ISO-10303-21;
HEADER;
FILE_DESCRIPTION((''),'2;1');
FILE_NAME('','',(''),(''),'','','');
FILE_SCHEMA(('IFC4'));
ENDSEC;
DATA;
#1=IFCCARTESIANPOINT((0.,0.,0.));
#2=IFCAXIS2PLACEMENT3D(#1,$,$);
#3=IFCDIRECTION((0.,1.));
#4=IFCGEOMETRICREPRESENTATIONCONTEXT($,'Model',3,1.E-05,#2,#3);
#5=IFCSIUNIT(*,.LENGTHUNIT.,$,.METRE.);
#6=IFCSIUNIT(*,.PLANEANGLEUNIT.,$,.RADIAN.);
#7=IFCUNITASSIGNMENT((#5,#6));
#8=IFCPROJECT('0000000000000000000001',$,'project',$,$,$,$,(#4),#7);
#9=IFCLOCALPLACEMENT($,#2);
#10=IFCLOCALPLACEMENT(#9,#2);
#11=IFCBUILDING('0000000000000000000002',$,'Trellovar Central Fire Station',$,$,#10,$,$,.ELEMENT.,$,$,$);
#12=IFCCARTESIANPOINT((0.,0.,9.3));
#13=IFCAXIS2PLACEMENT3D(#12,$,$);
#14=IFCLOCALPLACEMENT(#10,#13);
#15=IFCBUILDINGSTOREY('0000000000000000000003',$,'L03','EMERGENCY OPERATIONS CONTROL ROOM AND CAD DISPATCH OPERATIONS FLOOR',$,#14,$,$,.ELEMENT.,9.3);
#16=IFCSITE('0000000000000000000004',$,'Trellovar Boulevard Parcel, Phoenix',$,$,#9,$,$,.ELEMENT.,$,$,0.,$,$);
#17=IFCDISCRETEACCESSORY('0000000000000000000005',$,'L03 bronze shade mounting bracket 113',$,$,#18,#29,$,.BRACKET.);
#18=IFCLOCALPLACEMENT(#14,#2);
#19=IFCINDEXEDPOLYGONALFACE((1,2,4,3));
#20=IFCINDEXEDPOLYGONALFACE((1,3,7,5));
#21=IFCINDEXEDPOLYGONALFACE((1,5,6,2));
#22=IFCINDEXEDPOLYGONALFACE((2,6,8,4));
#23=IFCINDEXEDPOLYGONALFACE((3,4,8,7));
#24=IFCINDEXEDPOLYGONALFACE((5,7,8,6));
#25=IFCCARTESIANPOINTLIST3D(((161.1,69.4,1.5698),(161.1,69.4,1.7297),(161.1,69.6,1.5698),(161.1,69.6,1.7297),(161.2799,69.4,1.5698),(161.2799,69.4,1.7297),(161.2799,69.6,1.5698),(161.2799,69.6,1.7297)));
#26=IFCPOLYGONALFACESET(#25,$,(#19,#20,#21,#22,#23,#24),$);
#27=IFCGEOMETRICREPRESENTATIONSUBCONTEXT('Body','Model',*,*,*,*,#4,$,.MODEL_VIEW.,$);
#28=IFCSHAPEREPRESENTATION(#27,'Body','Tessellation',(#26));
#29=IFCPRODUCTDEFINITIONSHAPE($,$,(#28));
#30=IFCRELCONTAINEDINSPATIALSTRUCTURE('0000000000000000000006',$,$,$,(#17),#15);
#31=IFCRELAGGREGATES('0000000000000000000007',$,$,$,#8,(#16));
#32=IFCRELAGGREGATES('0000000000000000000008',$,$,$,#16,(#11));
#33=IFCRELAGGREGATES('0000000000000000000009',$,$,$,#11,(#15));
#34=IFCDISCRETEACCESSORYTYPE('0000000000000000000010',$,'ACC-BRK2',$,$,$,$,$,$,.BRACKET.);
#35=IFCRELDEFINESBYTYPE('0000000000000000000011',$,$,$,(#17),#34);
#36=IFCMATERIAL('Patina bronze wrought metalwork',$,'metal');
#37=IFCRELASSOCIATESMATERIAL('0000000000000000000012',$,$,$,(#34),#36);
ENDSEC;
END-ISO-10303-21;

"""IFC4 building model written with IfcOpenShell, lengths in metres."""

from ifc_helpers import new_model, si_unit, direction, frame, origin, origin_2d, place, context, subcontext, project, spatial, rectangle, extrude, material, type_object, element, save


model = new_model("IFC4")

# Units and contexts
model_context = context("Model", 3, precision=1e-05, world=origin(), true_north=direction((0.0, 1.0)))
body_context = subcontext(model_context, "Body", "Model", "MODEL_VIEW")
ifc_project = project(units=[si_unit("LENGTHUNIT", "METRE"), si_unit("PLANEANGLEUNIT", "RADIAN")], contexts=[model_context])

# Site, building, storey
site_placement = place(None, origin())
site = spatial("IfcSite", under=ifc_project, at=site_placement, Name="Trellovar Boulevard Parcel, Phoenix", CompositionType="ELEMENT", RefElevation=0.0)
building_placement = place(site_placement, origin())
building = spatial("IfcBuilding", under=site, at=building_placement, Name="Trellovar Central Fire Station", CompositionType="ELEMENT")
storey_placement = place(building_placement, frame((0.0, 0.0, 9.3)))
storey = spatial("IfcBuildingStorey", under=building, at=storey_placement, Name="L03", Description="EMERGENCY OPERATIONS CONTROL ROOM AND CAD DISPATCH OPERATIONS FLOOR", CompositionType="ELEMENT", Elevation=9.3)

# Discrete accessory
ifc_material_1 = material(Name="Patina bronze wrought metalwork", Category="metal")
discrete_accessory_type = type_object("IfcDiscreteAccessoryType", Name="ACC-BRK2", PredefinedType="BRACKET", material=ifc_material_1)
for number, where, z_axis, x_axis, name in (
    (1, (161.1899, 69.5, 1.5698), (0.0, 0.0, 1.0), (0.0, 1.0, 0.0), "L03 bronze shade mounting bracket 113"),
):
    element("IfcDiscreteAccessory", number, at=place(storey_placement, frame(where, z_axis=z_axis, x_axis=x_axis)), inside=storey, type_object=discrete_accessory_type, Name=name, PredefinedType="BRACKET", context=body_context, shape_type="SweptSolid", body=[
        extrude(rectangle(XDim=0.2, YDim=0.1799, at=origin_2d()), origin(), (0.0, 0.0, 1.0), 0.1599),
    ])

save(model, "model.ifc")
